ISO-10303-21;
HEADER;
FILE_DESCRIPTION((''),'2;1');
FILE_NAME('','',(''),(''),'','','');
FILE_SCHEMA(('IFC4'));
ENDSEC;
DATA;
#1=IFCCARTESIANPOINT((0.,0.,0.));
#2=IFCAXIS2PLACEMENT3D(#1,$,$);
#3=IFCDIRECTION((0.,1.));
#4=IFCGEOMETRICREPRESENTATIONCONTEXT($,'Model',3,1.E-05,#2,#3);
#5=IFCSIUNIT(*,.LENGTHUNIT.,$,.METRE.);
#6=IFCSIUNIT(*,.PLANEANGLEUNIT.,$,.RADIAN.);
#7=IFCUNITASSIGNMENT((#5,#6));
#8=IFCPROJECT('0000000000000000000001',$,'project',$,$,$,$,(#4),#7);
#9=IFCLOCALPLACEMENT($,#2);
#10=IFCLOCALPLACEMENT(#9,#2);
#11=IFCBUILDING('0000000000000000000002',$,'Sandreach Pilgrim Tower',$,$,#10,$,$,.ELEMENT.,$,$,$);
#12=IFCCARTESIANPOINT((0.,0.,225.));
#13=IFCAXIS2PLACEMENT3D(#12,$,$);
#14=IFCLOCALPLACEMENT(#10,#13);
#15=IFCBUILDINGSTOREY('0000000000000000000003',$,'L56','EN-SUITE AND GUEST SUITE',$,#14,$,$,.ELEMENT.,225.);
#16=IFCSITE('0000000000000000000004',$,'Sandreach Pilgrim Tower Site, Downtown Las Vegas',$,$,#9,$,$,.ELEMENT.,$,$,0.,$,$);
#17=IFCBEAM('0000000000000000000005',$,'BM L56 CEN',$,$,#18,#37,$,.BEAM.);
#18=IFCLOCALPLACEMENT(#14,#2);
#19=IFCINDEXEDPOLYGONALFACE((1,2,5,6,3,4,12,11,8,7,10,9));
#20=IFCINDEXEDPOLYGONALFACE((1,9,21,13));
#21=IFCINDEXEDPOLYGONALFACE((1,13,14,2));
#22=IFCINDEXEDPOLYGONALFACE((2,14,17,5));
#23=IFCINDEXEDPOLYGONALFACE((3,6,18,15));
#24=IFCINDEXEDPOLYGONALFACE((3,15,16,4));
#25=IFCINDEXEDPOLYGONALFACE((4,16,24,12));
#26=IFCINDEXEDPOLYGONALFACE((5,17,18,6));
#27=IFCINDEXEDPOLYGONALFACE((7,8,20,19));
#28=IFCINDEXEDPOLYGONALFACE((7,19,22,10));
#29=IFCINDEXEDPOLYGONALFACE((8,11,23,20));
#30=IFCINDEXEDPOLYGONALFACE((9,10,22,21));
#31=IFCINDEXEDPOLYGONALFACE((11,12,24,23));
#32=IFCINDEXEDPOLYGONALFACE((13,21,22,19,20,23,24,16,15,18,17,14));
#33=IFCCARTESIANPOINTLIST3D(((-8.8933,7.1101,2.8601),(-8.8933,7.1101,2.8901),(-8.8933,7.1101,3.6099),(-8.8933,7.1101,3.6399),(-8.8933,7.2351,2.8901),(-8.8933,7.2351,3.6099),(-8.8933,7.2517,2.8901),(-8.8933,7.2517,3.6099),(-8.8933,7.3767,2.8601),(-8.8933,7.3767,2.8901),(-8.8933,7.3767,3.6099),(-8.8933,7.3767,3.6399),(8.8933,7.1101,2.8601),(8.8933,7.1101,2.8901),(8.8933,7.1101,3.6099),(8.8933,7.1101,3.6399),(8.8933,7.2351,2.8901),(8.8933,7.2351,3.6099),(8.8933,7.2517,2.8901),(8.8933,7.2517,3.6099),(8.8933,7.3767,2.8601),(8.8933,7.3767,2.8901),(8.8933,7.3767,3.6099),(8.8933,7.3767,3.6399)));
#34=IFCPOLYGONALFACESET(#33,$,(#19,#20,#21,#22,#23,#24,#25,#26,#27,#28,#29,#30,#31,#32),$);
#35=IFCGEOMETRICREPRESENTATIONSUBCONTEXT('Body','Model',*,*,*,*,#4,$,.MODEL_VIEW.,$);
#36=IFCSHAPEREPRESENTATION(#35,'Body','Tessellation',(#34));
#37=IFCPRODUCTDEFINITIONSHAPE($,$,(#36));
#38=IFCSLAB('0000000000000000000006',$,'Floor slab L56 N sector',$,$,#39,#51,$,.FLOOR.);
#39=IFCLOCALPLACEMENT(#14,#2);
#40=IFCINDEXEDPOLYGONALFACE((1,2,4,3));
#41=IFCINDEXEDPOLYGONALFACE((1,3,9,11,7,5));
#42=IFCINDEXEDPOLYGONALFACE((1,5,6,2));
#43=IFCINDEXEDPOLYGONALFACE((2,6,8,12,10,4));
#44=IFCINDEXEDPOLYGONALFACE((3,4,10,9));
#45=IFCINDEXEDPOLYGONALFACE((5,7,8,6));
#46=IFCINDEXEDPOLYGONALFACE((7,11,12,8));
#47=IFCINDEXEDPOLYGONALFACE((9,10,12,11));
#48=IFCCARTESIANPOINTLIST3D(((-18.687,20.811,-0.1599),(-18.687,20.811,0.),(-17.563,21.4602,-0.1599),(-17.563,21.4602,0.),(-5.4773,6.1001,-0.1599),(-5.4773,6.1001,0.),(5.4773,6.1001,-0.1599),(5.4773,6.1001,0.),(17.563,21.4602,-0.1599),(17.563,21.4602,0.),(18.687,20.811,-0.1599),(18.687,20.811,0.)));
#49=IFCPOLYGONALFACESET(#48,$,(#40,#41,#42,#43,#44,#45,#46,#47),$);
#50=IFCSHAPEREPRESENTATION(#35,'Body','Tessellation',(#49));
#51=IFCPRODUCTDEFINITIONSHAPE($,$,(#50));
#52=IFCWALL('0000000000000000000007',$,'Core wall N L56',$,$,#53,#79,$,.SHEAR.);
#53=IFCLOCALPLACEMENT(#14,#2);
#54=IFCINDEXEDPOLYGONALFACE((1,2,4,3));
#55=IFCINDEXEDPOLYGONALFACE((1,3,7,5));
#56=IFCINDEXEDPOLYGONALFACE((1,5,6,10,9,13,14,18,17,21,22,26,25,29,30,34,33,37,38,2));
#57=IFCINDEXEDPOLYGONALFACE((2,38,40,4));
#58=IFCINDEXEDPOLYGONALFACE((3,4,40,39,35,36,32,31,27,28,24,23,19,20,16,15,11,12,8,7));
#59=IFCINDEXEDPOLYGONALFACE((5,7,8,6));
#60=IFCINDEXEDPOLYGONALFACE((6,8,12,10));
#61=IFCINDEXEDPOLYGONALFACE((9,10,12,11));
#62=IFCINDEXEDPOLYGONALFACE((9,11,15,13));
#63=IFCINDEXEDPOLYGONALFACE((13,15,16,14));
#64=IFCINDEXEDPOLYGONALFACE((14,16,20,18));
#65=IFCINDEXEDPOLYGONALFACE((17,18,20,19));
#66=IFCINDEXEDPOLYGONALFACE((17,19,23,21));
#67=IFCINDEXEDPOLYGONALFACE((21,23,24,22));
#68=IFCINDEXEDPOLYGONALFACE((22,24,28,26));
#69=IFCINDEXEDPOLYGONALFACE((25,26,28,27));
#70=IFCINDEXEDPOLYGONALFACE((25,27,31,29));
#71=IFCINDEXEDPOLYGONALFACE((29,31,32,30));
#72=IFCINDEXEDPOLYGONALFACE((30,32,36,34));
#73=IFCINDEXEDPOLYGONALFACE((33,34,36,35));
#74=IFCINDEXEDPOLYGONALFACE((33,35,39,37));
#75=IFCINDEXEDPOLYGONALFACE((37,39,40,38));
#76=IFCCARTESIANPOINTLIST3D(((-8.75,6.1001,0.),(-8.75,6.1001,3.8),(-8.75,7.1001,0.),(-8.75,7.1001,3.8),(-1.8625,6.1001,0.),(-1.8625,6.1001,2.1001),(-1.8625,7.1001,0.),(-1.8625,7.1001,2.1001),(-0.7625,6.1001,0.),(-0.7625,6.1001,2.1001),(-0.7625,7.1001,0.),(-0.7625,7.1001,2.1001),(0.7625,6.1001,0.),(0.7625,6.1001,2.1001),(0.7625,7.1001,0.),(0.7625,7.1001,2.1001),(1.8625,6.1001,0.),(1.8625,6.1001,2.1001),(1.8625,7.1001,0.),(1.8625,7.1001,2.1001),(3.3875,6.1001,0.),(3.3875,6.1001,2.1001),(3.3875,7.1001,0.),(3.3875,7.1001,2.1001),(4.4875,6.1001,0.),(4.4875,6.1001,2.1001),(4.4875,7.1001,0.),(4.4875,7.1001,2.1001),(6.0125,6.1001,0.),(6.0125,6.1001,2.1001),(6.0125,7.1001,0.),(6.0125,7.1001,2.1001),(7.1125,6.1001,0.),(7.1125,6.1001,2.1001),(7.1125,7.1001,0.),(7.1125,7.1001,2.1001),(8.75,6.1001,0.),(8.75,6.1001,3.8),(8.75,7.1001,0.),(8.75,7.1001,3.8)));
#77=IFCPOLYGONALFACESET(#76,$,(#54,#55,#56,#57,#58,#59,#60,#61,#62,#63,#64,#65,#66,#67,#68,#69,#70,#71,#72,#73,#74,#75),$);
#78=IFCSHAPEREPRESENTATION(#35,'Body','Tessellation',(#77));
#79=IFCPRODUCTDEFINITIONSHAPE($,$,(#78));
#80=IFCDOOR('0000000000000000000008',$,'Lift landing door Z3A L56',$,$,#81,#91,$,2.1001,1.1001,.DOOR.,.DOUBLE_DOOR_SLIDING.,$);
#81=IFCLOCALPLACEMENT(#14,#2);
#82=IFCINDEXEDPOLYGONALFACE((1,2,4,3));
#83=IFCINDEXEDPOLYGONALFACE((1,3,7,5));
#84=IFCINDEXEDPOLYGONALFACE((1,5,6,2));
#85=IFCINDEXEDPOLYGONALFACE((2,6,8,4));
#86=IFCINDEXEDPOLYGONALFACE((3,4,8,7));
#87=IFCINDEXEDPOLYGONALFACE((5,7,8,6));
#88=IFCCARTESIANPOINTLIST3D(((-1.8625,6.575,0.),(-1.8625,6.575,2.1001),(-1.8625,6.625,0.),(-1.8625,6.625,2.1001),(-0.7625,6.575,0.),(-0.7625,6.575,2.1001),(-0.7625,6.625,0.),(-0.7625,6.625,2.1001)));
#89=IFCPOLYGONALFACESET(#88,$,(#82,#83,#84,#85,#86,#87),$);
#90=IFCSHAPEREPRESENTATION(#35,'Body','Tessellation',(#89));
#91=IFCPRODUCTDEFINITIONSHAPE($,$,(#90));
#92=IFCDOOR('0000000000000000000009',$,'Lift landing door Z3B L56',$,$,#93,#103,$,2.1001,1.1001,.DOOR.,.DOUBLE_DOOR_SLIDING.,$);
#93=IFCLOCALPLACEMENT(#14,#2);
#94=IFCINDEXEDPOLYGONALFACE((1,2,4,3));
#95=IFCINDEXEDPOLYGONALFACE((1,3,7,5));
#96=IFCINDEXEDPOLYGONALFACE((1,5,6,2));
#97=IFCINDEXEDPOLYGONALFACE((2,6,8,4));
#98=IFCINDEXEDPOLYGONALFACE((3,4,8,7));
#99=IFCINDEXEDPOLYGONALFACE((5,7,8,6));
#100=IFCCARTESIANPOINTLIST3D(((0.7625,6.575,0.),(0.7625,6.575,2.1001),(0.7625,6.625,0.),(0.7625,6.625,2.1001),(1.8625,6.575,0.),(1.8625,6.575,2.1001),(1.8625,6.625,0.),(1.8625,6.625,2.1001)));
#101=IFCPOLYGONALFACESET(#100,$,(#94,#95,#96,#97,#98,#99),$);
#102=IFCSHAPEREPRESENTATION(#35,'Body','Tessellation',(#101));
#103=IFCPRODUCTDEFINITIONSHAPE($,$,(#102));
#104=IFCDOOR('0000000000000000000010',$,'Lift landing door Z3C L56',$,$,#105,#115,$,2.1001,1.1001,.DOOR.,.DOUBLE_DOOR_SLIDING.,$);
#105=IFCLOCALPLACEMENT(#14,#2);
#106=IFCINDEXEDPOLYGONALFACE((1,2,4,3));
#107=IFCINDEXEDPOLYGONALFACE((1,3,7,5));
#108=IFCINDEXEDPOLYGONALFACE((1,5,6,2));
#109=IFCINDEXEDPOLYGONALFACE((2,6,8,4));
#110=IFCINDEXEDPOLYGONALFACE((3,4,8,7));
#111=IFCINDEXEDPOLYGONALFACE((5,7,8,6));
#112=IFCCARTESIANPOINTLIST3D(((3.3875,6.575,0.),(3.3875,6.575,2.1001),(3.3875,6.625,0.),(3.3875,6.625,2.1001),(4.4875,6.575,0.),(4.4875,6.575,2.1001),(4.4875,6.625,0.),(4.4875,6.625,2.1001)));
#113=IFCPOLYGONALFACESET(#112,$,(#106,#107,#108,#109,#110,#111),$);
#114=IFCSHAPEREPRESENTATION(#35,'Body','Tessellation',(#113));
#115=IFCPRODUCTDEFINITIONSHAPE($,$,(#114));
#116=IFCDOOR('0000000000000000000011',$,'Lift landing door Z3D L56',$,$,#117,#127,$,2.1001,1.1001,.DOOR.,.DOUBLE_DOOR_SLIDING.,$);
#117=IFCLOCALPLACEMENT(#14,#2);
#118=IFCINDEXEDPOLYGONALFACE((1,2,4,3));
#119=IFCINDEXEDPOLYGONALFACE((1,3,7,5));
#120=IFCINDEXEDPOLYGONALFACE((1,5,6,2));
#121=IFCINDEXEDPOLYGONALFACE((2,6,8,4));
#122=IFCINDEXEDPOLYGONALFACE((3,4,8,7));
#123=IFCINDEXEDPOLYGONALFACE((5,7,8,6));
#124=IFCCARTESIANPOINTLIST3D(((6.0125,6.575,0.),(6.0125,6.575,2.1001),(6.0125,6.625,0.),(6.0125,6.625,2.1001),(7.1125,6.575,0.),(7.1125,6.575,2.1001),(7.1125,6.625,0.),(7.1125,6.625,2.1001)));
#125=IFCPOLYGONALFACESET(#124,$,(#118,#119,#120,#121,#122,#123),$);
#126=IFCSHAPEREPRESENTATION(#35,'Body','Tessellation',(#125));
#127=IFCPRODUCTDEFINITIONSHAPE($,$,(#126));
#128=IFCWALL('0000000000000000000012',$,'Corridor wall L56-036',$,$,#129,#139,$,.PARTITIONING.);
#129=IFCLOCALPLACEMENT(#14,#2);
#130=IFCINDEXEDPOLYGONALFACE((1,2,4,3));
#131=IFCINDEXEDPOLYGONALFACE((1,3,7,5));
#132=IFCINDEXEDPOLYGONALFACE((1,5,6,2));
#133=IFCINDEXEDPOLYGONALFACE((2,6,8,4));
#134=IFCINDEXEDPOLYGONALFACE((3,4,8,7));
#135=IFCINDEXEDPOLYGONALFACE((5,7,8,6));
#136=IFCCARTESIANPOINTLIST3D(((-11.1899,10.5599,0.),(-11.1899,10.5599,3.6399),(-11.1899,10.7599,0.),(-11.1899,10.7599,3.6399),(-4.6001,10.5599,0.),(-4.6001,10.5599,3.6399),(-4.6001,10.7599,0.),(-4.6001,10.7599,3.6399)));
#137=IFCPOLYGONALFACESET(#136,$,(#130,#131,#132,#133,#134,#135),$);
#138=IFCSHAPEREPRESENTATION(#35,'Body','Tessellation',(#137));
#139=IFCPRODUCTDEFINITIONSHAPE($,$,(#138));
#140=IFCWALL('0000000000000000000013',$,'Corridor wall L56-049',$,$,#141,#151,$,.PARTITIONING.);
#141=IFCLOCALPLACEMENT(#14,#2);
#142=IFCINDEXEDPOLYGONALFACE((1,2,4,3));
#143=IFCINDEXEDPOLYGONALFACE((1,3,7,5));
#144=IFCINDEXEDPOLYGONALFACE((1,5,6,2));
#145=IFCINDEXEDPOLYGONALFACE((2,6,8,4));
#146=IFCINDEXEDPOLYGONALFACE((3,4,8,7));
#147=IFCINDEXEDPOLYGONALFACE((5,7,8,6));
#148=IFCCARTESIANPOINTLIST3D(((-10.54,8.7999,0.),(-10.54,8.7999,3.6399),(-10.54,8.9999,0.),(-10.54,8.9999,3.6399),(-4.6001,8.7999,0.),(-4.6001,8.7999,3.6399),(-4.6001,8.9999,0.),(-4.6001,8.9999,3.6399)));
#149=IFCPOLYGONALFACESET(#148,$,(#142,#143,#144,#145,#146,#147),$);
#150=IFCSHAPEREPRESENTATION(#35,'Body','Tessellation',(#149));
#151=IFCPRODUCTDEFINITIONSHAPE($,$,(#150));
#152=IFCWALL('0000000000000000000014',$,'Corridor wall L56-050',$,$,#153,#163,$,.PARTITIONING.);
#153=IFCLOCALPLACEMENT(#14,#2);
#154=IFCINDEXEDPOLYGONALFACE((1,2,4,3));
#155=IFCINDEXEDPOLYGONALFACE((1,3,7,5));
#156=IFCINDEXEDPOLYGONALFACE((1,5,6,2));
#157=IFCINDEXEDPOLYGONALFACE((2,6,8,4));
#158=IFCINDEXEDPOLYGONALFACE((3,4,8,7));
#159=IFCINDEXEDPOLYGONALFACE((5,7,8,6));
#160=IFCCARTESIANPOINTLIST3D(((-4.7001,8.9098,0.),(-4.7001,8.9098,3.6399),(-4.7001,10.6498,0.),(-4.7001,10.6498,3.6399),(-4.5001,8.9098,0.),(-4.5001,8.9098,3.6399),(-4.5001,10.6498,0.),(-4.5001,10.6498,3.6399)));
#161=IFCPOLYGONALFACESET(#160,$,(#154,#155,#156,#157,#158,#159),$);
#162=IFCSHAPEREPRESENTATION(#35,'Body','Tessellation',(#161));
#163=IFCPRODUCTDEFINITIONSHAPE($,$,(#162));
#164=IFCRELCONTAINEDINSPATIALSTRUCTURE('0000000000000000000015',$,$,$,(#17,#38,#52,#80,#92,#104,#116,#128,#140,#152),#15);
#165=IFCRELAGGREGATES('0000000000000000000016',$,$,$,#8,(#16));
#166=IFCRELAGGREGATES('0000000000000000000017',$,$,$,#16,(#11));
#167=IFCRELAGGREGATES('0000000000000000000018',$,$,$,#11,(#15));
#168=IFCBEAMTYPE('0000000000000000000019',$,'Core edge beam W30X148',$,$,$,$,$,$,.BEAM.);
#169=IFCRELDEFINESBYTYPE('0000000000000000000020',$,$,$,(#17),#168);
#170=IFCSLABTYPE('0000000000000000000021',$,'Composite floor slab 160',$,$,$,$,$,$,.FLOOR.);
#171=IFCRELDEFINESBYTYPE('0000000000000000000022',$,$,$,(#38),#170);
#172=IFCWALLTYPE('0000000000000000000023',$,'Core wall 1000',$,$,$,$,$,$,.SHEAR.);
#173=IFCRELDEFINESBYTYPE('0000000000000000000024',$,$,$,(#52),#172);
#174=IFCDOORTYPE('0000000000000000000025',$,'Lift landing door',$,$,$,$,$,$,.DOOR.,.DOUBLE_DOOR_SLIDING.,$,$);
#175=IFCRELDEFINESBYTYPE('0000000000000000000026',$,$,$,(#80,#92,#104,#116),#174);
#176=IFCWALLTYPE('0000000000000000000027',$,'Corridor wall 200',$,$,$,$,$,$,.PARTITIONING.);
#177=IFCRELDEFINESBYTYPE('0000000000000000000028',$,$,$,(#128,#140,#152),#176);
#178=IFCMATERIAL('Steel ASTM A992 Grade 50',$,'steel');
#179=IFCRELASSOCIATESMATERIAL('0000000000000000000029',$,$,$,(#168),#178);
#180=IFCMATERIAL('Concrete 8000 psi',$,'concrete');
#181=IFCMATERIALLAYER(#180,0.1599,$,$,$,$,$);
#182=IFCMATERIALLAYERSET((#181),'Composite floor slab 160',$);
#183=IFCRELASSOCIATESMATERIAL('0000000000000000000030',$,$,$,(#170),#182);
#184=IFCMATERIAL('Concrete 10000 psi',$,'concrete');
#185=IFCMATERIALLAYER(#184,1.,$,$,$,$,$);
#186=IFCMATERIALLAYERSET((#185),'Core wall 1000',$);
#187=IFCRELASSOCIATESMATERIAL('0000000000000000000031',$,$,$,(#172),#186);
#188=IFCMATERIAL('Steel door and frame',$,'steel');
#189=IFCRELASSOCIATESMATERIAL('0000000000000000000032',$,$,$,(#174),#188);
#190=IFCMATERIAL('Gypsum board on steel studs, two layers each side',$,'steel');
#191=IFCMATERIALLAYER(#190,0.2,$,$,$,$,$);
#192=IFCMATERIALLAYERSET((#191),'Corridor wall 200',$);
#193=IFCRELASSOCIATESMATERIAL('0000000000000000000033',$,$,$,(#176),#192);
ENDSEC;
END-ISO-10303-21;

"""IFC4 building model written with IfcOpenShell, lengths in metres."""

from ifc_helpers import new_model, si_unit, direction, frame, frame_2d, origin, origin_2d, place, context, subcontext, project, spatial, polyline, rectangle, i_section, outline, extrude, material, layer, layer_set, material_profile, profile_set, type_object, element, fill, save


model = new_model("IFC4")

# Units and contexts
model_context = context("Model", 3, precision=1e-05, world=origin(), true_north=direction((0.0, 1.0)))
body_context = subcontext(model_context, "Body", "Model", "MODEL_VIEW")
ifc_project = project(units=[si_unit("LENGTHUNIT", "METRE"), si_unit("PLANEANGLEUNIT", "RADIAN")], contexts=[model_context])

# Site, building, storey
site_placement = place(None, origin())
site = spatial("IfcSite", under=ifc_project, at=site_placement, Name="Sandreach Pilgrim Tower Site, Downtown Las Vegas", CompositionType="ELEMENT", RefElevation=0.0)
building_placement = place(site_placement, origin())
building = spatial("IfcBuilding", under=site, at=building_placement, Name="Sandreach Pilgrim Tower", CompositionType="ELEMENT")
storey_placement = place(building_placement, frame((0.0, 0.0, 225.0)))
storey = spatial("IfcBuildingStorey", under=building, at=storey_placement, Name="L56", Description="EN-SUITE AND GUEST SUITE", CompositionType="ELEMENT", Elevation=225.0)

# Beam
ifc_material_1 = material(Name="Steel ASTM A992 Grade 50", Category="steel")
ifc_material_profile = material_profile(ifc_material_1, i_section(OverallWidth=0.2666, OverallDepth=0.7798, WebThickness=0.0166, FlangeThickness=0.03, at=origin_2d()), Name="W30X148")
ifc_profile_set = profile_set([ifc_material_profile], Name="Steel ASTM A992 Grade 50")
beam_type = type_object("IfcBeamType", Name="Core edge beam W30X148", PredefinedType="BEAM", material=ifc_profile_set)
beam_placement = place(storey_placement, frame((-8.8933, 7.2434, 3.25), z_axis=(1.0, 0.0, 0.0), x_axis=(0.0, 1.0, 0.0)))
element("IfcBeam", 1, at=beam_placement, inside=storey, type_object=beam_type, Name="BM L56 CEN", PredefinedType="BEAM", context=body_context, shape_type="SweptSolid", body=[
    extrude(i_section(OverallWidth=0.2666, OverallDepth=0.7798, WebThickness=0.0166, FlangeThickness=0.03, at=origin_2d()), origin(), (0.0, 0.0, 1.0), 17.7866),
])

# Slab
ifc_material_2 = material(Name="Concrete 8000 psi", Category="concrete")
ifc_layer_1 = layer(ifc_material_2, 0.1599)
ifc_layer_set_1 = layer_set([ifc_layer_1], Name="Composite floor slab 160")
slab_type = type_object("IfcSlabType", Name="Composite floor slab 160", PredefinedType="FLOOR", material=ifc_layer_set_1)
slab_placement = place(storey_placement, frame((0.0, 0.0, -0.1599)))
element("IfcSlab", 2, at=slab_placement, inside=storey, type_object=slab_type, Name="Floor slab L56 N sector", PredefinedType="FLOOR", context=body_context, shape_type="SweptSolid", body=[
    extrude(outline(polyline([(-17.563, 21.4602), (17.563, 21.4602), (18.687, 20.811), (5.4773, 6.1001), (-5.4773, 6.1001), (-18.687, 20.811), (-17.563, 21.4602)])), origin(), (0.0, 0.0, 1.0), 0.1599),
])

# Wall, openings, doors
ifc_material_3 = material(Name="Concrete 10000 psi", Category="concrete")
ifc_layer_2 = layer(ifc_material_3, 1.0)
ifc_layer_set_2 = layer_set([ifc_layer_2], Name="Core wall 1000")
wall_type_1 = type_object("IfcWallType", Name="Core wall 1000", PredefinedType="SHEAR", material=ifc_layer_set_2)
wall_1_placement = place(storey_placement, frame((-8.75, 6.6001, 0.0), z_axis=(0.0, 0.0, 1.0), x_axis=(1.0, 0.0, 0.0)))
wall_1 = element("IfcWall", 3, at=wall_1_placement, inside=storey, type_object=wall_type_1, Name="Core wall N L56", PredefinedType="SHEAR", context=body_context, shape_type="SweptSolid", body=[
    extrude(rectangle(XDim=17.5, YDim=1.0, at=frame_2d((8.75, 0.0))), origin(), (0.0, 0.0, 1.0), 3.8),
])
opening_1_placement = place(wall_1_placement, frame((6.8875, 0.0, 0.0)))
opening_1 = element("IfcOpeningElement", 4, at=opening_1_placement, cuts=wall_1, PredefinedType="OPENING", context=body_context, shape_type="SweptSolid", body=[
    extrude(rectangle(XDim=1.1001, YDim=2.1001, at=frame_2d((0.55, 1.05))), frame((0.0, 0.5, 0.0), z_axis=(0.0, -1.0, 0.0), x_axis=(1.0, 0.0, 0.0)), (0.0, 0.0, 1.0), 1.0),
])
opening_2_placement = place(wall_1_placement, frame((9.5125, 0.0, 0.0)))
opening_2 = element("IfcOpeningElement", 5, at=opening_2_placement, cuts=wall_1, PredefinedType="OPENING", context=body_context, shape_type="SweptSolid", body=[
    extrude(rectangle(XDim=1.1001, YDim=2.1001, at=frame_2d((0.55, 1.05))), frame((0.0, 0.5, 0.0), z_axis=(0.0, -1.0, 0.0), x_axis=(1.0, 0.0, 0.0)), (0.0, 0.0, 1.0), 1.0),
])
opening_3_placement = place(wall_1_placement, frame((12.1375, 0.0, 0.0)))
opening_3 = element("IfcOpeningElement", 6, at=opening_3_placement, cuts=wall_1, PredefinedType="OPENING", context=body_context, shape_type="SweptSolid", body=[
    extrude(rectangle(XDim=1.1001, YDim=2.1001, at=frame_2d((0.55, 1.05))), frame((0.0, 0.5, 0.0), z_axis=(0.0, -1.0, 0.0), x_axis=(1.0, 0.0, 0.0)), (0.0, 0.0, 1.0), 1.0),
])
opening_4_placement = place(wall_1_placement, frame((14.7625, 0.0, 0.0)))
opening_4 = element("IfcOpeningElement", 7, at=opening_4_placement, cuts=wall_1, PredefinedType="OPENING", context=body_context, shape_type="SweptSolid", body=[
    extrude(rectangle(XDim=1.1001, YDim=2.1001, at=frame_2d((0.55, 1.05))), frame((0.0, 0.5, 0.0), z_axis=(0.0, -1.0, 0.0), x_axis=(1.0, 0.0, 0.0)), (0.0, 0.0, 1.0), 1.0),
])
ifc_material_4 = material(Name="Steel door and frame", Category="steel")
door_type_1 = type_object("IfcDoorType", Name="Lift landing door", OperationType="DOUBLE_DOOR_SLIDING", PredefinedType="DOOR", material=ifc_material_4)
door_1_placement = place(opening_1_placement, origin())
door_1 = element("IfcDoor", 8, at=door_1_placement, inside=storey, type_object=door_type_1, Name="Lift landing door Z3A L56", OperationType="DOUBLE_DOOR_SLIDING", OverallHeight=2.1001, OverallWidth=1.1001, PredefinedType="DOOR", context=body_context, shape_type="SweptSolid", body=[
    extrude(rectangle(XDim=1.1001, YDim=2.1001, at=frame_2d((0.55, 1.05))), frame((0.0, 0.0249, 0.0), z_axis=(0.0, -1.0, 0.0), x_axis=(1.0, 0.0, 0.0)), (0.0, 0.0, 1.0), 0.05),
])
fill(opening_1, door_1)
door_2_placement = place(opening_2_placement, origin())
door_2 = element("IfcDoor", 9, at=door_2_placement, inside=storey, type_object=door_type_1, Name="Lift landing door Z3B L56", OperationType="DOUBLE_DOOR_SLIDING", OverallHeight=2.1001, OverallWidth=1.1001, PredefinedType="DOOR", context=body_context, shape_type="SweptSolid", body=[
    extrude(rectangle(XDim=1.1001, YDim=2.1001, at=frame_2d((0.55, 1.05))), frame((0.0, 0.0249, 0.0), z_axis=(0.0, -1.0, 0.0), x_axis=(1.0, 0.0, 0.0)), (0.0, 0.0, 1.0), 0.05),
])
fill(opening_2, door_2)
door_3_placement = place(opening_3_placement, origin())
door_3 = element("IfcDoor", 10, at=door_3_placement, inside=storey, type_object=door_type_1, Name="Lift landing door Z3C L56", OperationType="DOUBLE_DOOR_SLIDING", OverallHeight=2.1001, OverallWidth=1.1001, PredefinedType="DOOR", context=body_context, shape_type="SweptSolid", body=[
    extrude(rectangle(XDim=1.1001, YDim=2.1001, at=frame_2d((0.55, 1.05))), frame((0.0, 0.0249, 0.0), z_axis=(0.0, -1.0, 0.0), x_axis=(1.0, 0.0, 0.0)), (0.0, 0.0, 1.0), 0.05),
])
fill(opening_3, door_3)
door_4_placement = place(opening_4_placement, origin())
door_4 = element("IfcDoor", 11, at=door_4_placement, inside=storey, type_object=door_type_1, Name="Lift landing door Z3D L56", OperationType="DOUBLE_DOOR_SLIDING", OverallHeight=2.1001, OverallWidth=1.1001, PredefinedType="DOOR", context=body_context, shape_type="SweptSolid", body=[
    extrude(rectangle(XDim=1.1001, YDim=2.1001, at=frame_2d((0.55, 1.05))), frame((0.0, 0.0249, 0.0), z_axis=(0.0, -1.0, 0.0), x_axis=(1.0, 0.0, 0.0)), (0.0, 0.0, 1.0), 0.05),
])
fill(opening_4, door_4)

# Wall
ifc_material_5 = material(Name="Gypsum board on steel studs, two layers each side", Category="steel")
ifc_layer_3 = layer(ifc_material_5, 0.2)
ifc_layer_set_3 = layer_set([ifc_layer_3], Name="Corridor wall 200")
wall_type_2 = type_object("IfcWallType", Name="Corridor wall 200", PredefinedType="PARTITIONING", material=ifc_layer_set_3)
wall_2_placement = place(storey_placement, frame((-11.1899, 10.6599, 0.0), z_axis=(0.0, 0.0, 1.0), x_axis=(1.0, 0.0, 0.0)))
element("IfcWall", 12, at=wall_2_placement, inside=storey, type_object=wall_type_2, Name="Corridor wall L56-036", PredefinedType="PARTITIONING", context=body_context, shape_type="SweptSolid", body=[
    extrude(rectangle(XDim=6.5898, YDim=0.2, at=frame_2d((3.2949, 0.0))), origin(), (0.0, 0.0, 1.0), 3.6399),
])

# Walls
wall_3_placement = place(storey_placement, frame((-4.6001, 8.8999, 0.0), z_axis=(0.0, 0.0, 1.0), x_axis=(-1.0, 0.0, 0.0)))
element("IfcWall", 13, at=wall_3_placement, inside=storey, type_object=wall_type_2, Name="Corridor wall L56-049", PredefinedType="PARTITIONING", context=body_context, shape_type="SweptSolid", body=[
    extrude(rectangle(XDim=5.9399, YDim=0.2, at=frame_2d((2.97, 0.0))), origin(), (0.0, 0.0, 1.0), 3.6399),
])
wall_4_placement = place(storey_placement, frame((-4.6001, 10.6499, 0.0), z_axis=(0.0, 0.0, 1.0), x_axis=(0.0, -1.0, 0.0)))
element("IfcWall", 14, at=wall_4_placement, inside=storey, type_object=wall_type_2, Name="Corridor wall L56-050", PredefinedType="PARTITIONING", context=body_context, shape_type="SweptSolid", body=[
    extrude(rectangle(XDim=1.74, YDim=0.2, at=frame_2d((0.8701, 0.0))), origin(), (0.0, 0.0, 1.0), 3.6399),
])

save(model, "model.ifc")
